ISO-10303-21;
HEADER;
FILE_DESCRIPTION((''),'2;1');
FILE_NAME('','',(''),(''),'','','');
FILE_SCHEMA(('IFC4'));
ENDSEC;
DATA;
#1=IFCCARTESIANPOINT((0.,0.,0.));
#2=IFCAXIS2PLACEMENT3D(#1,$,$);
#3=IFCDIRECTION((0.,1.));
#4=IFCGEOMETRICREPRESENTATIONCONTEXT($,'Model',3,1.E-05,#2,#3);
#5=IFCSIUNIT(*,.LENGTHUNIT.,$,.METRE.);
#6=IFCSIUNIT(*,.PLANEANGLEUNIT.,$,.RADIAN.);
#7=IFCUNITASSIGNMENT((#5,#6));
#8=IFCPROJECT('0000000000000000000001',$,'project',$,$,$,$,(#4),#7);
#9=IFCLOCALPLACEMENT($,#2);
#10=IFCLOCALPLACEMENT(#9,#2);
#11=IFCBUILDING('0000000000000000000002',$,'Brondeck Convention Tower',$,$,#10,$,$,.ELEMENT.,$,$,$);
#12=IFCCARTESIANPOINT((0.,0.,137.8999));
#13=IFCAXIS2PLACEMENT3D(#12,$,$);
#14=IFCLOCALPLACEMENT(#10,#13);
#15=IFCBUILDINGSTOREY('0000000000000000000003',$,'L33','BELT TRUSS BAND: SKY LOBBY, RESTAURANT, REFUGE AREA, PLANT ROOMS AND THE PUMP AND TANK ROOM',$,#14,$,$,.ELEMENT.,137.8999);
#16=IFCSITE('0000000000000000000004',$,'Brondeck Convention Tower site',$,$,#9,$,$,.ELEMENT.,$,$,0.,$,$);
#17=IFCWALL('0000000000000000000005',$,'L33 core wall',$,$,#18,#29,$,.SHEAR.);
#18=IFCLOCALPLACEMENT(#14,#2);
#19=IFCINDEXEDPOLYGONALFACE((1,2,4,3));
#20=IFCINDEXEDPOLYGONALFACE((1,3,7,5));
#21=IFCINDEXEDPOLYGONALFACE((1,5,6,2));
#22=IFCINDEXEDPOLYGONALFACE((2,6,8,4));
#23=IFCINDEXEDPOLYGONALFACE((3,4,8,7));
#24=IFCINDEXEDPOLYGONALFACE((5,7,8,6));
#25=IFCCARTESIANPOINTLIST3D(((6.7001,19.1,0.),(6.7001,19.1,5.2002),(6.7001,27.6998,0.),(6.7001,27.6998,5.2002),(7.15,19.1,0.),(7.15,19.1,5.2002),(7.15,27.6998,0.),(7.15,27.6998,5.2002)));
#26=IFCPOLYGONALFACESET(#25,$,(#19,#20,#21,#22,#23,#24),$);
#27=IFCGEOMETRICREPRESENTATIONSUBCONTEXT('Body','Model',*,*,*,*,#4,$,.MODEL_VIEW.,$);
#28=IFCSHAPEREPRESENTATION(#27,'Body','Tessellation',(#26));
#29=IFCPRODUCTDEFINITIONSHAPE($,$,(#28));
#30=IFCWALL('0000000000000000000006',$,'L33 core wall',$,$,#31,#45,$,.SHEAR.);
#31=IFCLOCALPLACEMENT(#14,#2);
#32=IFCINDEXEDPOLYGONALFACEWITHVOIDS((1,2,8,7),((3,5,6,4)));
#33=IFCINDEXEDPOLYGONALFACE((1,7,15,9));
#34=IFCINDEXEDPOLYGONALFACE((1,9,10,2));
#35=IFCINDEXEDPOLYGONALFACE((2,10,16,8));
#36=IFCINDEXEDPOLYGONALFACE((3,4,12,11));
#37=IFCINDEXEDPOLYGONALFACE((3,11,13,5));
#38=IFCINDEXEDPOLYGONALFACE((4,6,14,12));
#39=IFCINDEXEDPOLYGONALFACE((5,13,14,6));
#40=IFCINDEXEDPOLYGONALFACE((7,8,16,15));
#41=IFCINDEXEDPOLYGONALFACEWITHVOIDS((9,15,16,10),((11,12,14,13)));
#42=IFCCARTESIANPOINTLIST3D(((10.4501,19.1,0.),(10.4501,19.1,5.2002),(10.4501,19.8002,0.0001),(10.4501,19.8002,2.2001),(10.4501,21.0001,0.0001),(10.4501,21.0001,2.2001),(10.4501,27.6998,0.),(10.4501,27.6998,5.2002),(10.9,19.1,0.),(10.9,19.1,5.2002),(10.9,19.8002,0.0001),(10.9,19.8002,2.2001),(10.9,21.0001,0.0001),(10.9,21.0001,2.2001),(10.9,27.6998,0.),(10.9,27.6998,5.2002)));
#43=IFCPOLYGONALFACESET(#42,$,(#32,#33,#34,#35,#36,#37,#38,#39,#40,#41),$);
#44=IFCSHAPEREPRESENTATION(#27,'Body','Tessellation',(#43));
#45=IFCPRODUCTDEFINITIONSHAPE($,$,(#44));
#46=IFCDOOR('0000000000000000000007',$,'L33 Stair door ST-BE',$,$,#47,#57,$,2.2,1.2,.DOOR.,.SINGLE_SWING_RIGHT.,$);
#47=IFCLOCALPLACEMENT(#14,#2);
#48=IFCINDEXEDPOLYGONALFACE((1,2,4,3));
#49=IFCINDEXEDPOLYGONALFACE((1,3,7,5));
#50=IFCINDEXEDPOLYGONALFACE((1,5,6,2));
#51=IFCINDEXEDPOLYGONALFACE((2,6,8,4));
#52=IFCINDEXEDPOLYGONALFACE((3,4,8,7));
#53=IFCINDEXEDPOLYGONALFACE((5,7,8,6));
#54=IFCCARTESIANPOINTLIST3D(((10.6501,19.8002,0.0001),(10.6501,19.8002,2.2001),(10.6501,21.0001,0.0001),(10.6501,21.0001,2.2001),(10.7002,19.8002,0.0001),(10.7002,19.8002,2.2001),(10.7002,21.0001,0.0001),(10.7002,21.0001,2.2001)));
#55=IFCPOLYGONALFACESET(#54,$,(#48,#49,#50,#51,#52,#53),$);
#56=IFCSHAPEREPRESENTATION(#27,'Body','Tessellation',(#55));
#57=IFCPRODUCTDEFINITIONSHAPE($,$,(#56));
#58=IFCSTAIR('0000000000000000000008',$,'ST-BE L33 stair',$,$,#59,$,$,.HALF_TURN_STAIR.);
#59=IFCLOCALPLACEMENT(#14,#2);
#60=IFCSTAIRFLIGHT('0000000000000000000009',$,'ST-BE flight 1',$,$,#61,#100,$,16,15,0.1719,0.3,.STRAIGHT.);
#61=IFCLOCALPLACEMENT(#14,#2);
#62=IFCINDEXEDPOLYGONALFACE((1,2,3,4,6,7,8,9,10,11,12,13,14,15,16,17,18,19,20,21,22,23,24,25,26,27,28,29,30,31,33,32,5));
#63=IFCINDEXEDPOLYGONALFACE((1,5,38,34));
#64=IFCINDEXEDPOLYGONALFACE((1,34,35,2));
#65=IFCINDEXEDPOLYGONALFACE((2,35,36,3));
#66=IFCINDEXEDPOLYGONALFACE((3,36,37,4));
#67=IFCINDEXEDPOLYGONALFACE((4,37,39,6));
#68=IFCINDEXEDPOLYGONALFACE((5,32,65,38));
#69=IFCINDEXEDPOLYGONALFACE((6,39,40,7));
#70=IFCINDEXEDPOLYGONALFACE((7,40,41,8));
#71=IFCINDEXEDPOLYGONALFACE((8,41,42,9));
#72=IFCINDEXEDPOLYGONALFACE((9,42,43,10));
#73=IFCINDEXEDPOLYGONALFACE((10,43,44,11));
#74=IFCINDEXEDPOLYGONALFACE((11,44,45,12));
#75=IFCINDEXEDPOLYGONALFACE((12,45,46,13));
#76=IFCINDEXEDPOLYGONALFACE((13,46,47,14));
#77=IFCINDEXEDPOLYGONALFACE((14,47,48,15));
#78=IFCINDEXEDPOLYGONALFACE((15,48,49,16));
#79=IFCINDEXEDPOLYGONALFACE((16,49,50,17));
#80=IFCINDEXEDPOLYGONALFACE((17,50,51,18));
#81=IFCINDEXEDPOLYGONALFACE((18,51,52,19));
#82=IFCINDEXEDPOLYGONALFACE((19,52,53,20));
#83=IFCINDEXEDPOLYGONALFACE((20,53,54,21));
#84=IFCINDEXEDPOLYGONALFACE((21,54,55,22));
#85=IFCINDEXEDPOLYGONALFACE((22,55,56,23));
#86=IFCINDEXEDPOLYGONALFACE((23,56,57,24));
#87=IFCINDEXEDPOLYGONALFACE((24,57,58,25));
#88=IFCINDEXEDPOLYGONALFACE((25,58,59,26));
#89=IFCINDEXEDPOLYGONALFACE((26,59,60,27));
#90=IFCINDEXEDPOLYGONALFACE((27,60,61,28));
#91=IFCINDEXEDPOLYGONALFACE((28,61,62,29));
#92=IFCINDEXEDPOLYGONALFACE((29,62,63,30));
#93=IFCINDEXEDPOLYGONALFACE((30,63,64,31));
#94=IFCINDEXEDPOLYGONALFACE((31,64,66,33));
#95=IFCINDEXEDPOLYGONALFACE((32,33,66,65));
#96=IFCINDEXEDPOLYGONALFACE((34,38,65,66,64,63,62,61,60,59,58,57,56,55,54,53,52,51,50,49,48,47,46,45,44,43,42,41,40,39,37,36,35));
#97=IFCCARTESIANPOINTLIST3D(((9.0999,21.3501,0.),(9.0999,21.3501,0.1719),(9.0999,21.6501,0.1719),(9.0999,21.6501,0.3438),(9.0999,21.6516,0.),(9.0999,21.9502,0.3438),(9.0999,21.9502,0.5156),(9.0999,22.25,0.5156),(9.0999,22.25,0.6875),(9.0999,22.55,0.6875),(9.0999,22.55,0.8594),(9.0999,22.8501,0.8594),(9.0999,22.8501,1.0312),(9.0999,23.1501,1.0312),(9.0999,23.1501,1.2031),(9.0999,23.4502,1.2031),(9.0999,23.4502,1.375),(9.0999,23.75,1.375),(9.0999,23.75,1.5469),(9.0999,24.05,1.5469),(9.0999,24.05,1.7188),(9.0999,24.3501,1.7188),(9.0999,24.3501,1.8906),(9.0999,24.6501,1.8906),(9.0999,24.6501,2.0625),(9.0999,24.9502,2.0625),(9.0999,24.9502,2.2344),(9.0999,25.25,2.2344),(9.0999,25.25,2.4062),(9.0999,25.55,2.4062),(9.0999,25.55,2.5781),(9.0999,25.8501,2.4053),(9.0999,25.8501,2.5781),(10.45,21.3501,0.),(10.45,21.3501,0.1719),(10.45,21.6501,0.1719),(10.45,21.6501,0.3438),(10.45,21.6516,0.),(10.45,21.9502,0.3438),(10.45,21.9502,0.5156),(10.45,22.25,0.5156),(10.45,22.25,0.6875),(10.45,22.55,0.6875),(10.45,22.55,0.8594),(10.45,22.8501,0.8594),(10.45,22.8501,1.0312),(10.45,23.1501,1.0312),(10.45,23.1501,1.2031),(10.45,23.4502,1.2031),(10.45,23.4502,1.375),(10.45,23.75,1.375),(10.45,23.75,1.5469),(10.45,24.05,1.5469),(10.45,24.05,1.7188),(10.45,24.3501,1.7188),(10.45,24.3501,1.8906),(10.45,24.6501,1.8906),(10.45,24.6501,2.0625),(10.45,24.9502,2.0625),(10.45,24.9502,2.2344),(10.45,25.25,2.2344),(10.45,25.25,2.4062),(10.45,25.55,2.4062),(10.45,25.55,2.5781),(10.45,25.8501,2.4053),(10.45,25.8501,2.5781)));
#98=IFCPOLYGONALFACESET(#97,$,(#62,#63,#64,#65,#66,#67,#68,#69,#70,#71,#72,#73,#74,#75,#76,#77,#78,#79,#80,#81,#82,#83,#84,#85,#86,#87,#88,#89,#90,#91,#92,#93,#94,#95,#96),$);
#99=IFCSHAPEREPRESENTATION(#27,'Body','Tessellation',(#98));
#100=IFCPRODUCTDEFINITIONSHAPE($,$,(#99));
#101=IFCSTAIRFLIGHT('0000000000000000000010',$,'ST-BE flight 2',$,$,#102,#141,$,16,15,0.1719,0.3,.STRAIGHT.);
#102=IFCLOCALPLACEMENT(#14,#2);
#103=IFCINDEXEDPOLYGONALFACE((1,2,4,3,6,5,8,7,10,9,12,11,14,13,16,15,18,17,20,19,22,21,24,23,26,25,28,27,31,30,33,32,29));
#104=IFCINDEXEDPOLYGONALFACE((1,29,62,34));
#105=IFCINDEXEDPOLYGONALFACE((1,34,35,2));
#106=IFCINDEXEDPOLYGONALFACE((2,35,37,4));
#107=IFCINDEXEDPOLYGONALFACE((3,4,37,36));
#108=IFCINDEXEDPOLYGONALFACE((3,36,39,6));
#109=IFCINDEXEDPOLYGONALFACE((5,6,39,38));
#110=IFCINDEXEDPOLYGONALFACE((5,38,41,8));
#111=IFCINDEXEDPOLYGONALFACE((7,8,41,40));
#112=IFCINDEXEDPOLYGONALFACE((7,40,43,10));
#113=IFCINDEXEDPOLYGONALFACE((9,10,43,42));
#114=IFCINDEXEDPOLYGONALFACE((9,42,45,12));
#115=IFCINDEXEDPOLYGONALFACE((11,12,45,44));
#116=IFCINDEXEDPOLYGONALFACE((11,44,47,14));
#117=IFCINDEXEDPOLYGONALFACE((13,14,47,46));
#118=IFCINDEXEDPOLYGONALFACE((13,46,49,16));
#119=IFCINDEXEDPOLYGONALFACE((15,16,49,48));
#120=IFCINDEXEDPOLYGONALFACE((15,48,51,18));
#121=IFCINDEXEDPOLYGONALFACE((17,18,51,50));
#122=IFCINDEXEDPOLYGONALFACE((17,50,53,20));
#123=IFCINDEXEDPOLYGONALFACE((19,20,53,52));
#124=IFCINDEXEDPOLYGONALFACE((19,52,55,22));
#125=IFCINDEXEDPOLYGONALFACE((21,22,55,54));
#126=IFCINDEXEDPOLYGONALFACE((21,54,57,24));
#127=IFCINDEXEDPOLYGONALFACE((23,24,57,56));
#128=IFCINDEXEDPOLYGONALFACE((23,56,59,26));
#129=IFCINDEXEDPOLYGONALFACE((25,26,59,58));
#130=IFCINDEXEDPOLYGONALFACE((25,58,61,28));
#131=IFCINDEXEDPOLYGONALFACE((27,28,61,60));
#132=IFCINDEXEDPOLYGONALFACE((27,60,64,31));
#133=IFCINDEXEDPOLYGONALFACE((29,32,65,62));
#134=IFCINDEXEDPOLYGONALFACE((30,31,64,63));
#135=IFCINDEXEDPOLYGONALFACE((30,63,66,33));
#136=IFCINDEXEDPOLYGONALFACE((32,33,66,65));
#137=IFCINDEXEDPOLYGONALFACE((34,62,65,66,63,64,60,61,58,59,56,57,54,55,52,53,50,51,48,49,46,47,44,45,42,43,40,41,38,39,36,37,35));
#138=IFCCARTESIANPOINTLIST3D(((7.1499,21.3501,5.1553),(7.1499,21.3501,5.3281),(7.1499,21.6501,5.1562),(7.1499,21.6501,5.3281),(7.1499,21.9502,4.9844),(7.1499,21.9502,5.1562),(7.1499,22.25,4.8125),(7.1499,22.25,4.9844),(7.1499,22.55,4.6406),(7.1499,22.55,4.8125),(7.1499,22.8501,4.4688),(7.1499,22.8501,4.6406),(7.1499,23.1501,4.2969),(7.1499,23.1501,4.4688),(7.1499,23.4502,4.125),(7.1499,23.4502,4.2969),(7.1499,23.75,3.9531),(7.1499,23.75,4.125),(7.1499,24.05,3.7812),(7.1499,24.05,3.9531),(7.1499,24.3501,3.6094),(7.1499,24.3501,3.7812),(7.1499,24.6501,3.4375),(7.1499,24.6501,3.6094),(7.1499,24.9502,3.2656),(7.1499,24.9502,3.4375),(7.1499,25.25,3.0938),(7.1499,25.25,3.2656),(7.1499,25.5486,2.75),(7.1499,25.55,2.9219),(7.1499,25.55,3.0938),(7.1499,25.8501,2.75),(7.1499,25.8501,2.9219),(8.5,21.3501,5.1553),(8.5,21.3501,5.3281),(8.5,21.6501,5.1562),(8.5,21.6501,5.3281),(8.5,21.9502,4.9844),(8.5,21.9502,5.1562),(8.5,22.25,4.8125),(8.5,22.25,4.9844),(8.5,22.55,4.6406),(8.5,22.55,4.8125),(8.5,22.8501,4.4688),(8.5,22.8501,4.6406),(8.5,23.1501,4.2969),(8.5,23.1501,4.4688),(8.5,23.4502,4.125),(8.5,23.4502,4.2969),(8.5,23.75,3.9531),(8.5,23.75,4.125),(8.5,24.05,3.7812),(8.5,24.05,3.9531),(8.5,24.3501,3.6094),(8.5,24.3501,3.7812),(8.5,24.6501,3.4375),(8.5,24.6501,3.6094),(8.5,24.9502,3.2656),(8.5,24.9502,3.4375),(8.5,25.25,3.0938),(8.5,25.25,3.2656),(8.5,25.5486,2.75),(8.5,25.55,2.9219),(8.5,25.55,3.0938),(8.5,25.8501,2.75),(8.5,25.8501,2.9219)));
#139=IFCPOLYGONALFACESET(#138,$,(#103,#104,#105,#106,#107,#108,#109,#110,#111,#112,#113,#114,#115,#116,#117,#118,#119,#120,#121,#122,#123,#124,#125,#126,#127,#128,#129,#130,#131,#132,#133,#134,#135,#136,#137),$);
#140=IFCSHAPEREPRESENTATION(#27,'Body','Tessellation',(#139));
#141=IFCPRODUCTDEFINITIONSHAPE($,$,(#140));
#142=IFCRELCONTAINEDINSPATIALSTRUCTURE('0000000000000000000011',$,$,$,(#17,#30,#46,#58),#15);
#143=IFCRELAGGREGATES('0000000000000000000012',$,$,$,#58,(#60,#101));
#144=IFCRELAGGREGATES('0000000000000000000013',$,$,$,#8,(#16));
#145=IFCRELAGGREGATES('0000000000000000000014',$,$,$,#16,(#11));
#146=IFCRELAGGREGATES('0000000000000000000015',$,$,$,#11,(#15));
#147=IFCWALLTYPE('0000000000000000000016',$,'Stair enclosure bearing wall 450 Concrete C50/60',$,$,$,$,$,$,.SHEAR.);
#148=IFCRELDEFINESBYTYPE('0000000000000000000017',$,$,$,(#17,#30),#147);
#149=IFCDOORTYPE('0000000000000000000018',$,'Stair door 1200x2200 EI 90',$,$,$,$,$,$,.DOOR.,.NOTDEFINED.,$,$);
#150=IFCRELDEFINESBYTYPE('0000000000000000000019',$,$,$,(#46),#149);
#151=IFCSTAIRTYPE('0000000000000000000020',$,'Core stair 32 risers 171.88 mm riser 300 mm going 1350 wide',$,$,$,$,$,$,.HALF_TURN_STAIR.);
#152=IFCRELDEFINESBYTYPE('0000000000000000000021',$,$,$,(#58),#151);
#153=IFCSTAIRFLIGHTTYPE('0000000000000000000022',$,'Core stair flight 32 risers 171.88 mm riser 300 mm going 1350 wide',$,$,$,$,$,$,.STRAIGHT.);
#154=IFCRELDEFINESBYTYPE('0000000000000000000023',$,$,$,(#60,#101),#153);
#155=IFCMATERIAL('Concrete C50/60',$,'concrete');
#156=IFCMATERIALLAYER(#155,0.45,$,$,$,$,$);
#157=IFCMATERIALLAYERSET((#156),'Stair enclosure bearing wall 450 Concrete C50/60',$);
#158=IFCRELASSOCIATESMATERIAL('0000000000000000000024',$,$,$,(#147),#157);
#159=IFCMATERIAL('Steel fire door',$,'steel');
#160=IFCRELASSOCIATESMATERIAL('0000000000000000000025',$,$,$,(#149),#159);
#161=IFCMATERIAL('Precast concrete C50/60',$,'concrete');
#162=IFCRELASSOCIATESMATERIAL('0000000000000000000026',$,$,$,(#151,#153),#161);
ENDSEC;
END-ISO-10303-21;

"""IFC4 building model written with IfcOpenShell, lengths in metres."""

from ifc_helpers import new_model, si_unit, direction, frame, frame_2d, origin, place, context, subcontext, project, spatial, polyline, rectangle, outline, extrude, material, layer, layer_set, type_object, element, fill, aggregate, save


model = new_model("IFC4")

# Units and contexts
model_context = context("Model", 3, precision=1e-05, world=origin(), true_north=direction((0.0, 1.0)))
body_context = subcontext(model_context, "Body", "Model", "MODEL_VIEW")
ifc_project = project(units=[si_unit("LENGTHUNIT", "METRE"), si_unit("PLANEANGLEUNIT", "RADIAN")], contexts=[model_context])

# Site, building, storey
site_placement = place(None, origin())
site = spatial("IfcSite", under=ifc_project, at=site_placement, Name="Brondeck Convention Tower site", CompositionType="ELEMENT", RefElevation=0.0)
building_placement = place(site_placement, origin())
building = spatial("IfcBuilding", under=site, at=building_placement, Name="Brondeck Convention Tower", CompositionType="ELEMENT")
storey_placement = place(building_placement, frame((0.0, 0.0, 137.8999)))
storey = spatial("IfcBuildingStorey", under=building, at=storey_placement, Name="L33", Description="BELT TRUSS BAND: SKY LOBBY, RESTAURANT, REFUGE AREA, PLANT ROOMS AND THE PUMP AND TANK ROOM", CompositionType="ELEMENT", Elevation=137.8999)

# Shared definitions
ifc_material_1 = material(Name="Precast concrete C50/60", Category="concrete")

# Wall
ifc_material_2 = material(Name="Concrete C50/60", Category="concrete")
ifc_layer_1 = layer(ifc_material_2, 0.45)
ifc_layer_set_1 = layer_set([ifc_layer_1], Name="Stair enclosure bearing wall 450 Concrete C50/60")
wall_type_1 = type_object("IfcWallType", Name="Stair enclosure bearing wall 450 Concrete C50/60", PredefinedType="SHEAR", material=ifc_layer_set_1)
wall_1_placement = place(storey_placement, frame((6.925, 19.1001, 0.0), z_axis=(0.0, 0.0, 1.0), x_axis=(0.0, 1.0, 0.0)))
element("IfcWall", 1, at=wall_1_placement, inside=storey, type_object=wall_type_1, Name="L33 core wall", PredefinedType="SHEAR", context=body_context, shape_type="SweptSolid", body=[
    extrude(rectangle(XDim=8.5999, YDim=0.45, at=frame_2d((4.2998, 0.0))), origin(), (0.0, 0.0, 1.0), 5.2002),
])

# Wall, opening, door
wall_2_placement = place(storey_placement, frame((10.675, 19.1001, 0.0), z_axis=(0.0, 0.0, 1.0), x_axis=(0.0, 1.0, 0.0)))
wall_2 = element("IfcWall", 2, at=wall_2_placement, inside=storey, type_object=wall_type_1, Name="L33 core wall", PredefinedType="SHEAR", context=body_context, shape_type="SweptSolid", body=[
    extrude(rectangle(XDim=8.5999, YDim=0.45, at=frame_2d((4.2998, 0.0))), origin(), (0.0, 0.0, 1.0), 5.2002),
])
opening_1_placement = place(wall_2_placement, frame((0.7, 0.0, 0.0)))
opening_1 = element("IfcOpeningElement", 3, at=opening_1_placement, cuts=wall_2, PredefinedType="OPENING", context=body_context, shape_type="SweptSolid", body=[
    extrude(rectangle(XDim=1.2, YDim=2.2, at=frame_2d((0.6001, 1.1001))), frame((0.0, 0.2349, 0.0), z_axis=(0.0, -1.0, 0.0), x_axis=(1.0, 0.0, 0.0)), (0.0, 0.0, 1.0), 0.47),
])
ifc_material_3 = material(Name="Steel fire door", Category="steel")
door_type_1 = type_object("IfcDoorType", Name="Stair door 1200x2200 EI 90", OperationType="NOTDEFINED", PredefinedType="DOOR", material=ifc_material_3)
door_1_placement = place(opening_1_placement, origin())
door_1 = element("IfcDoor", 4, at=door_1_placement, inside=storey, type_object=door_type_1, Name="L33 Stair door ST-BE", OperationType="SINGLE_SWING_RIGHT", OverallHeight=2.2, OverallWidth=1.2, PredefinedType="DOOR", context=body_context, shape_type="SweptSolid", body=[
    extrude(rectangle(XDim=1.2, YDim=2.2, at=frame_2d((0.6001, 1.1001))), frame((0.0, 0.0249, 0.0), z_axis=(0.0, -1.0, 0.0), x_axis=(1.0, 0.0, 0.0)), (0.0, 0.0, 1.0), 0.05),
])
fill(opening_1, door_1)

# Stair, stair flights
stair_type = type_object("IfcStairType", Name="Core stair 32 risers 171.88 mm riser 300 mm going 1350 wide", PredefinedType="HALF_TURN_STAIR", material=ifc_material_1)
stair_placement = place(storey_placement, origin())
stair = element("IfcStair", 5, at=stair_placement, inside=storey, type_object=stair_type, Name="ST-BE L33 stair", PredefinedType="HALF_TURN_STAIR")
stair_flight_type = type_object("IfcStairFlightType", Name="Core stair flight 32 risers 171.88 mm riser 300 mm going 1350 wide", PredefinedType="STRAIGHT", material=ifc_material_1)
stair_flight_1_placement = place(storey_placement, frame((9.7749, 21.3501, 0.0), z_axis=(0.0, 0.0, 1.0), x_axis=(0.0, 1.0, 0.0)))
stair_flight_1 = element("IfcStairFlight", 6, at=stair_flight_1_placement, type_object=stair_flight_type, Name="ST-BE flight 1", NumberOfRisers=16, NumberOfTreads=15, PredefinedType="STRAIGHT", RiserHeight=0.1719, TreadLength=0.3, context=body_context, shape_type="SweptSolid", body=[
    extrude(outline(polyline([(0.0, 0.0), (0.0, 0.1719), (0.3, 0.1719), (0.3, 0.3438), (0.6001, 0.3438), (0.6001, 0.5156), (0.8999, 0.5156), (0.8999, 0.6875), (1.2, 0.6875), (1.2, 0.8594), (1.5, 0.8594), (1.5, 1.0312), (1.8, 1.0312), (1.8, 1.2031), (2.1001, 1.2031), (2.1001, 1.375), (2.3999, 1.375), (2.3999, 1.5469), (2.7, 1.5469), (2.7, 1.7188), (3.0, 1.7188), (3.0, 1.8906), (3.3, 1.8906), (3.3, 2.0625), (3.6001, 2.0625), (3.6001, 2.2344), (3.8999, 2.2344), (3.8999, 2.4062), (4.2, 2.4062), (4.2, 2.5781), (4.5, 2.5781), (4.5, 2.75), (4.5, 2.4053), (0.3015, 0.0), (0.0, 0.0)])), frame((0.0, 0.675, 0.0), z_axis=(0.0, -1.0, 0.0), x_axis=(1.0, 0.0, 0.0)), (0.0, 0.0, 1.0), 1.3501),
])
stair_flight_2_placement = place(storey_placement, frame((7.825, 25.8501, 2.75), z_axis=(0.0, 0.0, 1.0), x_axis=(0.0, -1.0, 0.0)))
stair_flight_2 = element("IfcStairFlight", 7, at=stair_flight_2_placement, type_object=stair_flight_type, Name="ST-BE flight 2", NumberOfRisers=16, NumberOfTreads=15, PredefinedType="STRAIGHT", RiserHeight=0.1719, TreadLength=0.3, context=body_context, shape_type="SweptSolid", body=[
    extrude(outline(polyline([(0.0, 0.0), (0.0, 0.1719), (0.3, 0.1719), (0.3, 0.3438), (0.6001, 0.3438), (0.6001, 0.5156), (0.8999, 0.5156), (0.8999, 0.6875), (1.2, 0.6875), (1.2, 0.8594), (1.5, 0.8594), (1.5, 1.0312), (1.8, 1.0312), (1.8, 1.2031), (2.1001, 1.2031), (2.1001, 1.375), (2.3999, 1.375), (2.3999, 1.5469), (2.7, 1.5469), (2.7, 1.7188), (3.0, 1.7188), (3.0, 1.8906), (3.3, 1.8906), (3.3, 2.0625), (3.6001, 2.0625), (3.6001, 2.2344), (3.8999, 2.2344), (3.8999, 2.4062), (4.2, 2.4062), (4.2, 2.5781), (4.5, 2.5781), (4.5, 2.75), (4.5, 2.4053), (0.3015, 0.0), (0.0, 0.0)])), frame((0.0, 0.675, 0.0), z_axis=(0.0, -1.0, 0.0), x_axis=(1.0, 0.0, 0.0)), (0.0, 0.0, 1.0), 1.3501),
])
aggregate(stair, [stair_flight_1, stair_flight_2])

save(model, "model.ifc")
